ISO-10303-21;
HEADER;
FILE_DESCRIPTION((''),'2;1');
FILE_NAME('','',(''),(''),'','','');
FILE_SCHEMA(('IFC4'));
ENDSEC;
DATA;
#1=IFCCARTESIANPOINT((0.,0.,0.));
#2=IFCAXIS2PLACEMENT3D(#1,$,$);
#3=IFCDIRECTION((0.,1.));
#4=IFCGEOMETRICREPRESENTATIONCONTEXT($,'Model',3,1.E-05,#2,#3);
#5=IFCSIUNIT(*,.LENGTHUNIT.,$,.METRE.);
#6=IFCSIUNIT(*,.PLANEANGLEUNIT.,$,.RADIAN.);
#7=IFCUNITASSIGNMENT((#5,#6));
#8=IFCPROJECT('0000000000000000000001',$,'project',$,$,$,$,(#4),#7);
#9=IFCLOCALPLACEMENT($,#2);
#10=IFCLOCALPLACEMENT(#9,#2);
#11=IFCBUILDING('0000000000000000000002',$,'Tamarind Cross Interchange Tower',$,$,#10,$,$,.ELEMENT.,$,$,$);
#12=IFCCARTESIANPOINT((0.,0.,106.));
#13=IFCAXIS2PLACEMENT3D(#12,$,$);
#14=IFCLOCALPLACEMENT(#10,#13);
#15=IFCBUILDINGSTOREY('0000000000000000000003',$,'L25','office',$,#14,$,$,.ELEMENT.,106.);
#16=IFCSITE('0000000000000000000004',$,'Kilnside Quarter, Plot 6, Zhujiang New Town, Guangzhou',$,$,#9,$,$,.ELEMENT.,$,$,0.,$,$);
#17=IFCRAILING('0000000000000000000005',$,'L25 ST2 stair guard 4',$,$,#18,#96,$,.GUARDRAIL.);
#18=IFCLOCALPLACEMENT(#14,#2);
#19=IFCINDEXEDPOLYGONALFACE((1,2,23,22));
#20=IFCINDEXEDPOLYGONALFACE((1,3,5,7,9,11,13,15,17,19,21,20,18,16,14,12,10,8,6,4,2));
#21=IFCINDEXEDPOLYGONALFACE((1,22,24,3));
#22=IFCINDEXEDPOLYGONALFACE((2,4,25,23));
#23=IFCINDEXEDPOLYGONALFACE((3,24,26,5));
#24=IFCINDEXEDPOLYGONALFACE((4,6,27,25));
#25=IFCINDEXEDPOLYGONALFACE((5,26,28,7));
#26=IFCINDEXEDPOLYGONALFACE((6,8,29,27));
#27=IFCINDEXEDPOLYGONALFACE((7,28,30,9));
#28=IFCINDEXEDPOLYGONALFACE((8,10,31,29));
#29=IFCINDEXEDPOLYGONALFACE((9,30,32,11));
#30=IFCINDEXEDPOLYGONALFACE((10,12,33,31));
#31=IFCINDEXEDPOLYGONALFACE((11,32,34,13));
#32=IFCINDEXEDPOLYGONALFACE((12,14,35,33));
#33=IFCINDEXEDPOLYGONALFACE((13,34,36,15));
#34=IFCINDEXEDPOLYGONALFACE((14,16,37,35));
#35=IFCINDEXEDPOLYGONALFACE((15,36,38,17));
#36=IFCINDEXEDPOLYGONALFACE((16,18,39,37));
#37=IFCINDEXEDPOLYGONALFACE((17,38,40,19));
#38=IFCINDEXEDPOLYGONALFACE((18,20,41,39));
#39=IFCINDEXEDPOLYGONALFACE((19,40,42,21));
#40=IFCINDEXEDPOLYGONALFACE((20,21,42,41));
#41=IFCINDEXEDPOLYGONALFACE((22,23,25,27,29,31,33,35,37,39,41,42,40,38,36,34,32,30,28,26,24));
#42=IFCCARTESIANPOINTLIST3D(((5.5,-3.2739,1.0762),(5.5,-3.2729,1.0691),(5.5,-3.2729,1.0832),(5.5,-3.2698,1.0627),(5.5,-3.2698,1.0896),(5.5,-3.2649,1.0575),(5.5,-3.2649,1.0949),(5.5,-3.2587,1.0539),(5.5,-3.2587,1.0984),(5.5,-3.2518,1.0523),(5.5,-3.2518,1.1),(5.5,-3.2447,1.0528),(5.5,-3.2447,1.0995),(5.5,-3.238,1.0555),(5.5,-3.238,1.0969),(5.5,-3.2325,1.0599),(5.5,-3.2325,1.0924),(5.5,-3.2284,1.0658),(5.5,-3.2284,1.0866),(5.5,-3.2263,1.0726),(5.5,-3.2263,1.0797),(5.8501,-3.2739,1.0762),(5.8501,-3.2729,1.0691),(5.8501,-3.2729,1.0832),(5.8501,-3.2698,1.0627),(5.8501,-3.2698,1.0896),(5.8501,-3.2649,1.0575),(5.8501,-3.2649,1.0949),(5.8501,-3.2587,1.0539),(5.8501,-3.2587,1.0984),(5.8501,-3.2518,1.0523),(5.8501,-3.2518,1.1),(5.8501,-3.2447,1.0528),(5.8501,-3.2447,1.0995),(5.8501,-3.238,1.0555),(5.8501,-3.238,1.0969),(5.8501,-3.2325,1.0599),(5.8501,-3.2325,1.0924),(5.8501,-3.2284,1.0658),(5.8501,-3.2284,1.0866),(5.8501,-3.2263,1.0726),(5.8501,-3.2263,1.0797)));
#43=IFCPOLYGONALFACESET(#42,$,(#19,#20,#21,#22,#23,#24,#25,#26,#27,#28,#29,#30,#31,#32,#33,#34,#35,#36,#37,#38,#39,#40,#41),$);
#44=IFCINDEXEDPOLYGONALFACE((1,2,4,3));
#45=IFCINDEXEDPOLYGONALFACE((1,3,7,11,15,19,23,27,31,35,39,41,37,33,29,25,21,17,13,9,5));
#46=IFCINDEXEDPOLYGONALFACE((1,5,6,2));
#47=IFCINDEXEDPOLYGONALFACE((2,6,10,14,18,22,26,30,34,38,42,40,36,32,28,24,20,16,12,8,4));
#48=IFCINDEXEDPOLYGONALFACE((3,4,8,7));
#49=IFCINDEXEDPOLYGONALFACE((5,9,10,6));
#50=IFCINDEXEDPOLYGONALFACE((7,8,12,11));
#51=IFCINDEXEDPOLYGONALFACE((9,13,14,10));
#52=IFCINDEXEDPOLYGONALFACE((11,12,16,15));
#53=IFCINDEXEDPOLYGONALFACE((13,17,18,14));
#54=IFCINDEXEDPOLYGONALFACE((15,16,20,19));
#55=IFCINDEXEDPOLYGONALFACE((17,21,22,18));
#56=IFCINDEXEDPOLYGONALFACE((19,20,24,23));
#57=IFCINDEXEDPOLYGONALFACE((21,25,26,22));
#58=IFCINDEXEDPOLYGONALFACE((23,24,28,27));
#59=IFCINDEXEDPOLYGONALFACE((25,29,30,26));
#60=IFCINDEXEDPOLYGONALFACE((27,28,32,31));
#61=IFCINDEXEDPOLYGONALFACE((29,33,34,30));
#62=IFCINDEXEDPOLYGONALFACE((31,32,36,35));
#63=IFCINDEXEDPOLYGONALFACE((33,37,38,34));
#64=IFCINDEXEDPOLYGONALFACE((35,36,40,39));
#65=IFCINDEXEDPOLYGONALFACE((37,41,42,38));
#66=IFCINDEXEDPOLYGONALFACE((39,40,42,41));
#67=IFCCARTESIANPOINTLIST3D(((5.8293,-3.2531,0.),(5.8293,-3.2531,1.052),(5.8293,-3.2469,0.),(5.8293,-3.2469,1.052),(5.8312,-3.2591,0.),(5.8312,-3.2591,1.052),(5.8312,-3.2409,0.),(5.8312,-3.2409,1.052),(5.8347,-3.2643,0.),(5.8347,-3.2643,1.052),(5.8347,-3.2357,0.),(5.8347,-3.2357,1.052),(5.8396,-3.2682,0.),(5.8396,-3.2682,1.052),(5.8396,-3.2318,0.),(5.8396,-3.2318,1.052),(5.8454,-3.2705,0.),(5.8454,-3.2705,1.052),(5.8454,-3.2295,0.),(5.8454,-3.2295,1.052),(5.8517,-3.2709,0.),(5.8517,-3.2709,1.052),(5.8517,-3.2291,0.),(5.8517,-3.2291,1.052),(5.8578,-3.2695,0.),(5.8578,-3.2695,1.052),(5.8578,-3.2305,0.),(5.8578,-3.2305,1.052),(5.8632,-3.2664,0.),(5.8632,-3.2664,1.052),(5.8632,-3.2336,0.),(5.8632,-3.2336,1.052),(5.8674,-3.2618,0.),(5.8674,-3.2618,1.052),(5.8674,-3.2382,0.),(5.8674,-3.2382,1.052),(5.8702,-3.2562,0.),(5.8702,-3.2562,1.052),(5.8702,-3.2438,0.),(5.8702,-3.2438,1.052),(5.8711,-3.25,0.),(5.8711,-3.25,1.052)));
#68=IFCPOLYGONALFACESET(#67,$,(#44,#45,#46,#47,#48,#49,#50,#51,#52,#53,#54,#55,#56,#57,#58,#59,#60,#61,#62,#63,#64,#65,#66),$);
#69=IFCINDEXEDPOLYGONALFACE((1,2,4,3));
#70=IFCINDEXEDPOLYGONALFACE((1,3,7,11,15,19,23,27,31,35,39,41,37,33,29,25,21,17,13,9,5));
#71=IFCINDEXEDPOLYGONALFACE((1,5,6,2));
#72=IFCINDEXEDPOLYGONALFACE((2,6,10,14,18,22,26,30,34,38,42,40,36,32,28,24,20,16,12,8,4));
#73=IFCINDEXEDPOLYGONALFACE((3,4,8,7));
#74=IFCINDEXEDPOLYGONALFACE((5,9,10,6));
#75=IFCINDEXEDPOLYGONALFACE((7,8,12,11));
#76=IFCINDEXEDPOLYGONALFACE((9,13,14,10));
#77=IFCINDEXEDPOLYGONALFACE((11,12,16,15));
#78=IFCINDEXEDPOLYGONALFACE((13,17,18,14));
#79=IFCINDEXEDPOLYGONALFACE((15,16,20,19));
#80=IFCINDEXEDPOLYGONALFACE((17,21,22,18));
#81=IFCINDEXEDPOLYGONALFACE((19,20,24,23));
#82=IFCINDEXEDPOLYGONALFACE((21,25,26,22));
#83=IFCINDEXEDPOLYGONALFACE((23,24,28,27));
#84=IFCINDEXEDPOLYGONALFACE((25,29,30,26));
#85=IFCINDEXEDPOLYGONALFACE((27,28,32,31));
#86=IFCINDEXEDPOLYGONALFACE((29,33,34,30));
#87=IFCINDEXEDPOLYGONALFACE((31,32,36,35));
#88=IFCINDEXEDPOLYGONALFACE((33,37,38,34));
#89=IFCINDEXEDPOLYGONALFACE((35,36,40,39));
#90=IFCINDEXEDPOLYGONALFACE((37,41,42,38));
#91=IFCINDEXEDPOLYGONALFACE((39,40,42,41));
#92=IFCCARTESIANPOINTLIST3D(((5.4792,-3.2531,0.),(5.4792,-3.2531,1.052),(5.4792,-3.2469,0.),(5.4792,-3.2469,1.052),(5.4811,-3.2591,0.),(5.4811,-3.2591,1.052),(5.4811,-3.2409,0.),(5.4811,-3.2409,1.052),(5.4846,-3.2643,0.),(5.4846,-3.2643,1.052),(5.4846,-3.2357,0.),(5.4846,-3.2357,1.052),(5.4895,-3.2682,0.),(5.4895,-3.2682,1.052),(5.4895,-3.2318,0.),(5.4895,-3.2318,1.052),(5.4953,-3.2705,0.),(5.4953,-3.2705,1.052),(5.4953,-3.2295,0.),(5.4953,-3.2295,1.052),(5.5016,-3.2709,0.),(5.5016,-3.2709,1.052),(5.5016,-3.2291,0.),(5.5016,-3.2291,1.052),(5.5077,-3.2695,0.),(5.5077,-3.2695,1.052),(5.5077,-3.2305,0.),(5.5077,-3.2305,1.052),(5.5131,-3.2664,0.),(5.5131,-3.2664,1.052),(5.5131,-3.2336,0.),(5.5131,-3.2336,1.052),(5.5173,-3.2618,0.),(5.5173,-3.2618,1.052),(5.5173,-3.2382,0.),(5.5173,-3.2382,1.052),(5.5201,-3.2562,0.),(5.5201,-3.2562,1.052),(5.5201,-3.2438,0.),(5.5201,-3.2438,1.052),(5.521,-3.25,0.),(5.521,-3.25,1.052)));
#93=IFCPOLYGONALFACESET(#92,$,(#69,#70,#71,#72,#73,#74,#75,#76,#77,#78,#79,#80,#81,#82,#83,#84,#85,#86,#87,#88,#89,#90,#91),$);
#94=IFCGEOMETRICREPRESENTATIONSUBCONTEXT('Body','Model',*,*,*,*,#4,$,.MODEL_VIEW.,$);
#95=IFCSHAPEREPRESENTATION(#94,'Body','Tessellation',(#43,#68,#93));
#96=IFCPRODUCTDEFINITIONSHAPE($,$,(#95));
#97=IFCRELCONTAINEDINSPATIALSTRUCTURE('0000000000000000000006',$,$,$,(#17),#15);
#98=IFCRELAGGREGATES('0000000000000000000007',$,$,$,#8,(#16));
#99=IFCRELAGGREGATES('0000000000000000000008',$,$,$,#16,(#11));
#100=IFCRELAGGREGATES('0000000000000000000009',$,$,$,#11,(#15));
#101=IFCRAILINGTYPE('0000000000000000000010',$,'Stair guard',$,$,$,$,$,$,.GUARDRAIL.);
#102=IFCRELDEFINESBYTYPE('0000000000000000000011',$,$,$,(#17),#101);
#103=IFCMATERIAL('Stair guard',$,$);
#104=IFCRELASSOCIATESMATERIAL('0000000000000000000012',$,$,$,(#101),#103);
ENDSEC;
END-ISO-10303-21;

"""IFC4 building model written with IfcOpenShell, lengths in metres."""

from ifc_helpers import new_model, si_unit, direction, frame, origin, origin_2d, place, context, subcontext, project, spatial, circle, extrude, material, type_object, element, save


model = new_model("IFC4")

# Units and contexts
model_context = context("Model", 3, precision=1e-05, world=origin(), true_north=direction((0.0, 1.0)))
body_context = subcontext(model_context, "Body", "Model", "MODEL_VIEW")
ifc_project = project(units=[si_unit("LENGTHUNIT", "METRE"), si_unit("PLANEANGLEUNIT", "RADIAN")], contexts=[model_context])

# Site, building, storey
site_placement = place(None, origin())
site = spatial("IfcSite", under=ifc_project, at=site_placement, Name="Kilnside Quarter, Plot 6, Zhujiang New Town, Guangzhou", CompositionType="ELEMENT", RefElevation=0.0)
building_placement = place(site_placement, origin())
building = spatial("IfcBuilding", under=site, at=building_placement, Name="Tamarind Cross Interchange Tower", CompositionType="ELEMENT")
storey_placement = place(building_placement, frame((0.0, 0.0, 106.0)))
storey = spatial("IfcBuildingStorey", under=building, at=storey_placement, Name="L25", Description="office", CompositionType="ELEMENT", Elevation=106.0)

# Railing
ifc_material_1 = material(Name="Stair guard")
railing_type_1 = type_object("IfcRailingType", Name="Stair guard", PredefinedType="GUARDRAIL", material=ifc_material_1)
railing_1_placement = place(storey_placement, frame((5.8501, -3.25, 0.0)))
element("IfcRailing", 1, at=railing_1_placement, inside=storey, type_object=railing_type_1, Name="L25 ST2 stair guard 4", PredefinedType="GUARDRAIL", context=body_context, shape_type="SweptSolid", body=[
    extrude(circle(Radius=0.0239, at=origin_2d()), frame((0.0, 0.0, 1.0762), z_axis=(-1.0, 0.0, 0.0), x_axis=(0.0, -1.0, 0.0)), (0.0, 0.0, 1.0), 0.3501),
    extrude(circle(Radius=0.021, at=origin_2d()), origin(), (0.0, 0.0, 1.0), 1.052),
    extrude(circle(Radius=0.021, at=origin_2d()), frame((-0.3501, 0.0, 0.0)), (0.0, 0.0, 1.0), 1.052),
])

save(model, "model.ifc")
